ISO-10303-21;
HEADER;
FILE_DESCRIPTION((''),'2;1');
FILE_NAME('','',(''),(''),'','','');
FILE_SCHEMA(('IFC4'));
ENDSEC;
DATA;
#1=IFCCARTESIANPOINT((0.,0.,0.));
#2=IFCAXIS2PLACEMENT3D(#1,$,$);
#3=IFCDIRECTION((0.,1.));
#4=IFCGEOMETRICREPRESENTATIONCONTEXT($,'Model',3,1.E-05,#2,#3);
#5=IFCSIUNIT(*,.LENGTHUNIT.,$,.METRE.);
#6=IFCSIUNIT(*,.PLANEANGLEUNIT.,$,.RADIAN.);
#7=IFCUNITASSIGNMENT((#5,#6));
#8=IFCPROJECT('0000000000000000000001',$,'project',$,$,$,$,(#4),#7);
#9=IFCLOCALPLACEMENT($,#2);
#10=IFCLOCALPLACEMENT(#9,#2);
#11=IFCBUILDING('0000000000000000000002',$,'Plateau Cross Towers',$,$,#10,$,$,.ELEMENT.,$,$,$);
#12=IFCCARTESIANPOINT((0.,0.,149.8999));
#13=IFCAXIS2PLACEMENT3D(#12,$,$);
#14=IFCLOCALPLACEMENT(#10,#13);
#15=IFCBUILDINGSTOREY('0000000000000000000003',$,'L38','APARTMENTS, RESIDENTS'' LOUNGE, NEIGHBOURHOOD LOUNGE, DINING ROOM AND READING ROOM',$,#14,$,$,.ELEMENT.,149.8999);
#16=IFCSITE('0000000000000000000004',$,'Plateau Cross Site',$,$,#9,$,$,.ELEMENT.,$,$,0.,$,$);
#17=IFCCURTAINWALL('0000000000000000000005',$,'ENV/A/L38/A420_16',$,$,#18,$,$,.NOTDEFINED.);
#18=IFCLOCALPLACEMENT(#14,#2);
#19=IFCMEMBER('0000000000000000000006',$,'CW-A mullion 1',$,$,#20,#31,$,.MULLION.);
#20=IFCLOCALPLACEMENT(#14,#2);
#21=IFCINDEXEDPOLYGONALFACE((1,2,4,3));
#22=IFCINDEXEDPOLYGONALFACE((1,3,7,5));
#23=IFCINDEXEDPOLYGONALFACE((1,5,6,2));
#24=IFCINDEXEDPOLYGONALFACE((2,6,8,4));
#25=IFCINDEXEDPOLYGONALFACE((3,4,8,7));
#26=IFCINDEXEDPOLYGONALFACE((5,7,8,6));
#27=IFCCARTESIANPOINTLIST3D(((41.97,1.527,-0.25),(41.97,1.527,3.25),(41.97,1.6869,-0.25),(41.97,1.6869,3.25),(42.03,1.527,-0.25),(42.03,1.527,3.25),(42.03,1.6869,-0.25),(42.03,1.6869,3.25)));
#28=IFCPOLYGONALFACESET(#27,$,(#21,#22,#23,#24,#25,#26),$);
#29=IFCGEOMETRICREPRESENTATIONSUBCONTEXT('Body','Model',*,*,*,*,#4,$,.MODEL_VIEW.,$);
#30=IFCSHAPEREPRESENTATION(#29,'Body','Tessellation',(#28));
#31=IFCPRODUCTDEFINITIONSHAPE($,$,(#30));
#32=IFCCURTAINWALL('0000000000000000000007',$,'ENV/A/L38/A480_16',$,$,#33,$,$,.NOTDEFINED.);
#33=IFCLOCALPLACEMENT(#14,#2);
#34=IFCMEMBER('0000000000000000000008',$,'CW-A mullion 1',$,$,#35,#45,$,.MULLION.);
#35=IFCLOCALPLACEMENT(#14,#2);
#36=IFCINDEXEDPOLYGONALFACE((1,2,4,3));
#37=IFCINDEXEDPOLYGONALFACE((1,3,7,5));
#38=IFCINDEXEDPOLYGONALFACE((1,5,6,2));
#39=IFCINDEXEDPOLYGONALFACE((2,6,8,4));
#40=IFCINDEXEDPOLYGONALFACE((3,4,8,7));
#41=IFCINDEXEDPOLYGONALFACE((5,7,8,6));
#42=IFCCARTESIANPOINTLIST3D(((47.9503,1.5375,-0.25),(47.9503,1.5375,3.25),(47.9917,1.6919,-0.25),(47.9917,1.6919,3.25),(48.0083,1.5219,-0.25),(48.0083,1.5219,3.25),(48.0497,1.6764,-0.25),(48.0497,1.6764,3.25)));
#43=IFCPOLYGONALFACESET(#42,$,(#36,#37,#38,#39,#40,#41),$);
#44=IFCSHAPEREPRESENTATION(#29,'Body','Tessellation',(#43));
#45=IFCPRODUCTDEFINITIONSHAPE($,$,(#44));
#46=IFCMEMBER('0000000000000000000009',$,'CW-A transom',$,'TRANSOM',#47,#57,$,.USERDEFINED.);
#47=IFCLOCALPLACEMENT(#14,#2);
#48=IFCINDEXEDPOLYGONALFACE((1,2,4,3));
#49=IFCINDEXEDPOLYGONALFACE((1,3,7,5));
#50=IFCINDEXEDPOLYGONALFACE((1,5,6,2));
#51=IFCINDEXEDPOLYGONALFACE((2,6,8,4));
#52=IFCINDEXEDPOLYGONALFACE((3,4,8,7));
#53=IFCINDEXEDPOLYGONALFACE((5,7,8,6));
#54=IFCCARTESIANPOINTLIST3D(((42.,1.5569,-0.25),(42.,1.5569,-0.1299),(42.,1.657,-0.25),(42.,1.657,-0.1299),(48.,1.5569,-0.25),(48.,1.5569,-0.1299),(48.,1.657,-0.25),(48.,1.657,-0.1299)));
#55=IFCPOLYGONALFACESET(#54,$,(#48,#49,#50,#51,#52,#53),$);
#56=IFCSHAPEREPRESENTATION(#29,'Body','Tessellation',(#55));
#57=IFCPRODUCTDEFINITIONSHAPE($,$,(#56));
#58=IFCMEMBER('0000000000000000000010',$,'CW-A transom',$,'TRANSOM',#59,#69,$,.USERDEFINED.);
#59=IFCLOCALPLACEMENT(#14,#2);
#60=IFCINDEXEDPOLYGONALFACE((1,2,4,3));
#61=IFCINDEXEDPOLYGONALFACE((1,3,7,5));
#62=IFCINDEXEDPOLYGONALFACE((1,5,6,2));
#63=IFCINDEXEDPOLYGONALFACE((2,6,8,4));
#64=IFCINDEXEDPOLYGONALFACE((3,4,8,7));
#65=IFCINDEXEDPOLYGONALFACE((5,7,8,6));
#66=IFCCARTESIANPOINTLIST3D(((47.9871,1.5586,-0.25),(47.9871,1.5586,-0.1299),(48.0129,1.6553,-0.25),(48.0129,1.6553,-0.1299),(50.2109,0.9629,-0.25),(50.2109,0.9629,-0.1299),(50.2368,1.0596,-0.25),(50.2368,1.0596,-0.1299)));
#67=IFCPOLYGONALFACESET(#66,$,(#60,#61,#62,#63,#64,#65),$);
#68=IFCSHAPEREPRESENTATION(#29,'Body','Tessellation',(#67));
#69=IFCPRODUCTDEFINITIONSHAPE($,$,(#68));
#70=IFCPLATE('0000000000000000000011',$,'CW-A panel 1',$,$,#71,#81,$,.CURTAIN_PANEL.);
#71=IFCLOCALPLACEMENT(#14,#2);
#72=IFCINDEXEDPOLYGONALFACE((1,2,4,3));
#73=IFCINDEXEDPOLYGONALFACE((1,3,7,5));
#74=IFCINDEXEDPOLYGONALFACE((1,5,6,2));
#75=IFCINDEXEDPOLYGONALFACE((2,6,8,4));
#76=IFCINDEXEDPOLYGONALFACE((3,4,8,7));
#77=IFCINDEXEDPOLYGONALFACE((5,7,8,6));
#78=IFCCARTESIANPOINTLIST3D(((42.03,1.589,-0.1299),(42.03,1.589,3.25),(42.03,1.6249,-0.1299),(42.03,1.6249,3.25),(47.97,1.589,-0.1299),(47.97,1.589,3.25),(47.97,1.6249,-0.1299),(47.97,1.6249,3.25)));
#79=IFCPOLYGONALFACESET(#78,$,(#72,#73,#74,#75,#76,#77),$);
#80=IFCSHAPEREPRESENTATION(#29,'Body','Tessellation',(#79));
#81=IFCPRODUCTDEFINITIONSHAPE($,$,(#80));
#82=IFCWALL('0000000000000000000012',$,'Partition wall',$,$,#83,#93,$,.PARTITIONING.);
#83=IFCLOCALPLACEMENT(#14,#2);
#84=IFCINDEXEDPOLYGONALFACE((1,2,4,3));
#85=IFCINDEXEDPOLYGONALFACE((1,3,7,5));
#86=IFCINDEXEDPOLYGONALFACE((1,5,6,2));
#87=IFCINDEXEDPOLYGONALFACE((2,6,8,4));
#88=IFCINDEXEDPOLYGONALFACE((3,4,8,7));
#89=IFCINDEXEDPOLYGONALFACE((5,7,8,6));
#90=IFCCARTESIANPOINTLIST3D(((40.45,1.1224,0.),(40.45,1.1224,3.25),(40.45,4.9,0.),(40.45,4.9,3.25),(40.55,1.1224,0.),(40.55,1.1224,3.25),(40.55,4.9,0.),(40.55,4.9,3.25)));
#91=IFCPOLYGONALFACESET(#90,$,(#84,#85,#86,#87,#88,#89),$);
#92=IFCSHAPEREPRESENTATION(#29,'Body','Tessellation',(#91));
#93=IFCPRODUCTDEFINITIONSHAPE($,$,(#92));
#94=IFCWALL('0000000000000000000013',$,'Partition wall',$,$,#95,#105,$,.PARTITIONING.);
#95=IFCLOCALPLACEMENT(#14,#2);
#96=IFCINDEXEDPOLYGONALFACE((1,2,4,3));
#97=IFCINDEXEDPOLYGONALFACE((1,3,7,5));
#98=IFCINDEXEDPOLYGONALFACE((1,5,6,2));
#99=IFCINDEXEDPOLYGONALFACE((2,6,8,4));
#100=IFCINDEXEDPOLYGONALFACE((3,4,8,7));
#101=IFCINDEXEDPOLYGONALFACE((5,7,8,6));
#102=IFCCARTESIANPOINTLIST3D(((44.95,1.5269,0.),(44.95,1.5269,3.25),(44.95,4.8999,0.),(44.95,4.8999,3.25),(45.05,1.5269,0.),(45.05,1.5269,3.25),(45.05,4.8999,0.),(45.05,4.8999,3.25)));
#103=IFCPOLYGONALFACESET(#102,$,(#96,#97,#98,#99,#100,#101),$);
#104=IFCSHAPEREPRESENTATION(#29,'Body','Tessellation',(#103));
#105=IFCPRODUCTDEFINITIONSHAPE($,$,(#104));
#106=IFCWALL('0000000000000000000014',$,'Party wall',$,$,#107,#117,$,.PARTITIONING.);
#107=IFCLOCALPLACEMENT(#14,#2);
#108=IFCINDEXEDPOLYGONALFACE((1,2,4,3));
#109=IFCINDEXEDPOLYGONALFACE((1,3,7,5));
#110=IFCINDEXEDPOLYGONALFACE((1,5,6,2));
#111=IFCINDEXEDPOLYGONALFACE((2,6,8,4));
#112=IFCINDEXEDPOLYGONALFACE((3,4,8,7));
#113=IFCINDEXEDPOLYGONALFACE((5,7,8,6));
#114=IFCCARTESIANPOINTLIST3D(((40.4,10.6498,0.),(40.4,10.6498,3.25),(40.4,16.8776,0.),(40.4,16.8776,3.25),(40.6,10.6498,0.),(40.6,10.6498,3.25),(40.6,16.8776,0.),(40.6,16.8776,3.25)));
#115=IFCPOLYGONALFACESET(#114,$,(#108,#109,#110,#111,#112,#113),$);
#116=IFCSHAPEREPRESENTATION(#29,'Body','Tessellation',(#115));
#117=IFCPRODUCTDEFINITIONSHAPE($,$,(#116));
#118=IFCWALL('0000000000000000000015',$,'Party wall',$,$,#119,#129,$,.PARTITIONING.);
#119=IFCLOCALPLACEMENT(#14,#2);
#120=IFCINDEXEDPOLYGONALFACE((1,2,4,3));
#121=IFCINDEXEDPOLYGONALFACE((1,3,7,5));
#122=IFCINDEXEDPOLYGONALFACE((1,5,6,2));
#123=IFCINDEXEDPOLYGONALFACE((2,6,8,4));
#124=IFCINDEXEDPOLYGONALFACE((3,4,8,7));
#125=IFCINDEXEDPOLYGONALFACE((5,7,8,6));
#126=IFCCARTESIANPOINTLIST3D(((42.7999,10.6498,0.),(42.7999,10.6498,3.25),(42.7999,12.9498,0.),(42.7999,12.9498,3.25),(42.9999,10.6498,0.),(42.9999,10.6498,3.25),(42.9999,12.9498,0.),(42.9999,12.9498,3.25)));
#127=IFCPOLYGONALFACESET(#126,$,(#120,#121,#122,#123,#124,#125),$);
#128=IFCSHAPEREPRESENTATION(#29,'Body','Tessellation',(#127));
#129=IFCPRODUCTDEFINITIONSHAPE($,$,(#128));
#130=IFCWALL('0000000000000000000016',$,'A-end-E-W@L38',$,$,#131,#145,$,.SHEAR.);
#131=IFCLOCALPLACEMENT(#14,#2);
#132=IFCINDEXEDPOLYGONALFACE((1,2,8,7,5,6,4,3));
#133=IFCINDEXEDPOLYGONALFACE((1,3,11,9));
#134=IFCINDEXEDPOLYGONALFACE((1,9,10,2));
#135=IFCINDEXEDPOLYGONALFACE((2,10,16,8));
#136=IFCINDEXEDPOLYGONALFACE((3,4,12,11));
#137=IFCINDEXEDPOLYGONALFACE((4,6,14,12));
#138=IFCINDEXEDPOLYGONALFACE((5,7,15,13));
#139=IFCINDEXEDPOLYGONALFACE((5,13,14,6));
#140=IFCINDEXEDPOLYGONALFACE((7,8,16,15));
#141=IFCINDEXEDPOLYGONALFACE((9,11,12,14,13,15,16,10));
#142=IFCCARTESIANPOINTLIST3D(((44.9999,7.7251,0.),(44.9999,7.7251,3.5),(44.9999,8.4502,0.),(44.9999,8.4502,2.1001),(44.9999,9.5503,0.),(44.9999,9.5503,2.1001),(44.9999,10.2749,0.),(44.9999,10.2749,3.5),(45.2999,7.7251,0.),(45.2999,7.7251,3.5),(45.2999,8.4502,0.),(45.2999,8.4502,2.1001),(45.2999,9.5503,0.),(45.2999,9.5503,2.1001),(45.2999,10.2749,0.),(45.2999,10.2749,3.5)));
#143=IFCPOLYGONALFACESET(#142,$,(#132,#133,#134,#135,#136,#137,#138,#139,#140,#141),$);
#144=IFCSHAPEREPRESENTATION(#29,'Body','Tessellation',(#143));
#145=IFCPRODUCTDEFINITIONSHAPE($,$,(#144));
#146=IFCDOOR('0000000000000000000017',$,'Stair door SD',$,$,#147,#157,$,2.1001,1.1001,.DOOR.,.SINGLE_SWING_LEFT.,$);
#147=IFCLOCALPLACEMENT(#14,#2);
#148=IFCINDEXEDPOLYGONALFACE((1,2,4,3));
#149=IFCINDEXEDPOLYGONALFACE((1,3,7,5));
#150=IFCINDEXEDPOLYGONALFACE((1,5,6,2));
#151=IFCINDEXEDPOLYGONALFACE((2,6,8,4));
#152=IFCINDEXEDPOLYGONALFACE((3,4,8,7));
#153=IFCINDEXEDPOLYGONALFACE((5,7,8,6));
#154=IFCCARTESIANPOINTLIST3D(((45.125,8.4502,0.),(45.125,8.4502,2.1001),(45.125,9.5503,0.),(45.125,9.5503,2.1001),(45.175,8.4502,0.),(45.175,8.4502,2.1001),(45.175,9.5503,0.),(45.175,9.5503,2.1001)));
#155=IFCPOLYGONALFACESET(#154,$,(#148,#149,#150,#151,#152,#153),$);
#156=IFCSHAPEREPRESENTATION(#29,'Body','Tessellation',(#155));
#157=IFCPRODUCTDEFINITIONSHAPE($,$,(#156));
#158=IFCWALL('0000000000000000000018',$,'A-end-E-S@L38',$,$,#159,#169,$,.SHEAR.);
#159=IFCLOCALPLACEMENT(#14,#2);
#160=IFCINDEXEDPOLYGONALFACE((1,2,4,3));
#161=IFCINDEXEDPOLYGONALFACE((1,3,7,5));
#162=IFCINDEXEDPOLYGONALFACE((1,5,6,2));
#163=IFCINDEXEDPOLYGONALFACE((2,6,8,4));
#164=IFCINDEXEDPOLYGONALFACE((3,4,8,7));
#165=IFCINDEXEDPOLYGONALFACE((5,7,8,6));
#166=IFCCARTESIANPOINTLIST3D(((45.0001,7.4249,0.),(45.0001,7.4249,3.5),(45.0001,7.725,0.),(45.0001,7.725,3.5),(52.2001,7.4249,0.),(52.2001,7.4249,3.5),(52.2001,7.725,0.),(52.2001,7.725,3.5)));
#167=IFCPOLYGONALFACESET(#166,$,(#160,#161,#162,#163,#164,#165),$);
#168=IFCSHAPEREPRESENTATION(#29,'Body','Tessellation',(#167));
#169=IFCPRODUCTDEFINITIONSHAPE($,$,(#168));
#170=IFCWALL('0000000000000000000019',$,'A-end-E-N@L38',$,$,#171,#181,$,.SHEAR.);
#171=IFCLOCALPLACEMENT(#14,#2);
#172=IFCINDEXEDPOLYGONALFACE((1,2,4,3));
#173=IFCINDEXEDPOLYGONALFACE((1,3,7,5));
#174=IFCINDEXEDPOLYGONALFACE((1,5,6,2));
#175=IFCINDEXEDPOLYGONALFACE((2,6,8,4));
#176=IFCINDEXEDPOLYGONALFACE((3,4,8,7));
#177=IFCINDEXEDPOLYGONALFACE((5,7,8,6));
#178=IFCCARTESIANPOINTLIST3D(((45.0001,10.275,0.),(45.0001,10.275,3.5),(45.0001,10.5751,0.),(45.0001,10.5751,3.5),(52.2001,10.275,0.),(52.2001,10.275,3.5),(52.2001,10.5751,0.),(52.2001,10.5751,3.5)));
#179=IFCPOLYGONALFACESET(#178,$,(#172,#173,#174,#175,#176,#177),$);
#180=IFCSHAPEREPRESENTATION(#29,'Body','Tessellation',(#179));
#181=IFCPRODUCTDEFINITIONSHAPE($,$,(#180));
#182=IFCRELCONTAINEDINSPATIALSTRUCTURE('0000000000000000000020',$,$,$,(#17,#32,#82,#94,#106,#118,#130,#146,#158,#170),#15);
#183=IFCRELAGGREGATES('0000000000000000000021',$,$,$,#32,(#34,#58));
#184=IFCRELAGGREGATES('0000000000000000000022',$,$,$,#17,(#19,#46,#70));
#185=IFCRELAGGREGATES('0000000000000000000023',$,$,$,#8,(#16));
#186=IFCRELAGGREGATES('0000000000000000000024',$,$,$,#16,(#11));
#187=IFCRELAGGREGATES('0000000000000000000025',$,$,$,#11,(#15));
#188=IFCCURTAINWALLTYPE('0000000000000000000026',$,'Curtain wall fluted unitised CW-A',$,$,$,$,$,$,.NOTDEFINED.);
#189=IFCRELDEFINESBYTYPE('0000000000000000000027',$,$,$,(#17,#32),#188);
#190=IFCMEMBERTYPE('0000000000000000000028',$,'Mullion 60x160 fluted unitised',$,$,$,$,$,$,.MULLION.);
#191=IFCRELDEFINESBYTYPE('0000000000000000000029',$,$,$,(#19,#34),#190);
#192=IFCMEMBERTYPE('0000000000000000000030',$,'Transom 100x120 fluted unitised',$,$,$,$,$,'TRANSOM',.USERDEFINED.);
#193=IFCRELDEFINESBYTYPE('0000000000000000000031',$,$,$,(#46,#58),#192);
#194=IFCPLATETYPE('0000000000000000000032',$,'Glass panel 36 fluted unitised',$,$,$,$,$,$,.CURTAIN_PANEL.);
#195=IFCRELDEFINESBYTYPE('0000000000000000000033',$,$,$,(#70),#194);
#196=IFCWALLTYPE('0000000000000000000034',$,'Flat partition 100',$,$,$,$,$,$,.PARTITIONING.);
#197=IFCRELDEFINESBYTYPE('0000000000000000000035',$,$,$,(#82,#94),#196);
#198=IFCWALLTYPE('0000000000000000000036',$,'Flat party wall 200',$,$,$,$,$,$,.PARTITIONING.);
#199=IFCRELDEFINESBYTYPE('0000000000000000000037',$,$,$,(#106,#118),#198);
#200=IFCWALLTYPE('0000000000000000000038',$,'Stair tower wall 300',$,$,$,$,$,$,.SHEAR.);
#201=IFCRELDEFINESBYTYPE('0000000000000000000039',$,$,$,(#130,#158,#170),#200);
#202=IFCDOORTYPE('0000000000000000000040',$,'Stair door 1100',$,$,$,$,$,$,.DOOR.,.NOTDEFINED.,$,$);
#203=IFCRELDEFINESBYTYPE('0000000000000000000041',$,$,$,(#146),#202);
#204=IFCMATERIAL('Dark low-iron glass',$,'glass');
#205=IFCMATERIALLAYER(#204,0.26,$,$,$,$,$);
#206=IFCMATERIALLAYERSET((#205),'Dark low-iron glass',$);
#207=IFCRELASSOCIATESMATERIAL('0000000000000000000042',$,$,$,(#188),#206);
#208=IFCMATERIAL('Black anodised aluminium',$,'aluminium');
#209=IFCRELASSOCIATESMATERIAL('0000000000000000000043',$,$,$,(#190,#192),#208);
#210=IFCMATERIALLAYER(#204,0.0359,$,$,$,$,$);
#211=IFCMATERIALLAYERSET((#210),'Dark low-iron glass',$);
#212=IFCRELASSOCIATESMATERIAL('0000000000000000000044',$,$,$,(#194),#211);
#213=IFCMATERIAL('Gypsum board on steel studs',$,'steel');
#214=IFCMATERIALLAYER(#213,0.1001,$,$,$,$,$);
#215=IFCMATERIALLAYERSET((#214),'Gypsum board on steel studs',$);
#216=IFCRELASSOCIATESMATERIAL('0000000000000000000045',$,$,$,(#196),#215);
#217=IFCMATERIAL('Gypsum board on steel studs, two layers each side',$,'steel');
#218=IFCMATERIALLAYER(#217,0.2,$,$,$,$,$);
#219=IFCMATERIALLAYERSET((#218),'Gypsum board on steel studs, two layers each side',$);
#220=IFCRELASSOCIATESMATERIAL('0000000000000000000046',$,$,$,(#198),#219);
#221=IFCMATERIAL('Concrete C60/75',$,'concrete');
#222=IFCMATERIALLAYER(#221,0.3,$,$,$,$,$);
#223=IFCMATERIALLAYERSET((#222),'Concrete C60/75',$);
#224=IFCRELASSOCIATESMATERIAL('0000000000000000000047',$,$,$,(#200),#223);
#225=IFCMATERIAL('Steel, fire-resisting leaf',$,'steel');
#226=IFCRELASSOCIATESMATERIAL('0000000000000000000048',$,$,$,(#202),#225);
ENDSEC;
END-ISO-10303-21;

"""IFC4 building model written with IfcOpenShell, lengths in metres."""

from ifc_helpers import new_model, si_unit, direction, frame, frame_2d, origin, origin_2d, place, context, subcontext, project, spatial, rectangle, extrude, material, layer, layer_set, material_profile, profile_set, type_object, element, fill, aggregate, save


model = new_model("IFC4")

# Units and contexts
model_context = context("Model", 3, precision=1e-05, world=origin(), true_north=direction((0.0, 1.0)))
body_context = subcontext(model_context, "Body", "Model", "MODEL_VIEW")
ifc_project = project(units=[si_unit("LENGTHUNIT", "METRE"), si_unit("PLANEANGLEUNIT", "RADIAN")], contexts=[model_context])

# Site, building, storey
site_placement = place(None, origin())
site = spatial("IfcSite", under=ifc_project, at=site_placement, Name="Plateau Cross Site", CompositionType="ELEMENT", RefElevation=0.0)
building_placement = place(site_placement, origin())
building = spatial("IfcBuilding", under=site, at=building_placement, Name="Plateau Cross Towers", CompositionType="ELEMENT")
storey_placement = place(building_placement, frame((0.0, 0.0, 149.8999)))
storey = spatial("IfcBuildingStorey", under=building, at=storey_placement, Name="L38", Description="APARTMENTS, RESIDENTS' LOUNGE, NEIGHBOURHOOD LOUNGE, DINING ROOM AND READING ROOM", CompositionType="ELEMENT", Elevation=149.8999)

# Curtain walls, members
ifc_material_1 = material(Name="Dark low-iron glass", Category="glass")
ifc_layer_1 = layer(ifc_material_1, 0.26)
ifc_layer_set_1 = layer_set([ifc_layer_1], Name="Dark low-iron glass")
curtain_wall_type = type_object("IfcCurtainWallType", Name="Curtain wall fluted unitised CW-A", PredefinedType="NOTDEFINED", material=ifc_layer_set_1)
curtain_wall_1_placement = place(storey_placement, origin())
curtain_wall_1 = element("IfcCurtainWall", 1, at=curtain_wall_1_placement, inside=storey, type_object=curtain_wall_type, Name="ENV/A/L38/A420_16", PredefinedType="NOTDEFINED")
ifc_material_2 = material(Name="Black anodised aluminium", Category="aluminium")
ifc_material_profile_1 = material_profile(ifc_material_2, rectangle(XDim=0.0601, YDim=0.1599, at=origin_2d()), Name="MULLION 60x160")
ifc_profile_set_1 = profile_set([ifc_material_profile_1], Name="Black anodised aluminium")
member_type_1 = type_object("IfcMemberType", Name="Mullion 60x160 fluted unitised", PredefinedType="MULLION", material=ifc_profile_set_1)
member_1_placement = place(storey_placement, frame((42.0, 1.6069, -0.25), z_axis=(0.0, 0.0, 1.0), x_axis=(1.0, 0.0, 0.0)))
member_1 = element("IfcMember", 2, at=member_1_placement, type_object=member_type_1, Name="CW-A mullion 1", PredefinedType="MULLION", context=body_context, shape_type="SweptSolid", body=[
    extrude(rectangle(XDim=0.0601, YDim=0.1599, at=origin_2d()), origin(), (0.0, 0.0, 1.0), 3.5),
])
curtain_wall_2_placement = place(storey_placement, origin())
curtain_wall_2 = element("IfcCurtainWall", 3, at=curtain_wall_2_placement, inside=storey, type_object=curtain_wall_type, Name="ENV/A/L38/A480_16", PredefinedType="NOTDEFINED")
member_2_placement = place(storey_placement, frame((48.0, 1.6069, -0.25), z_axis=(0.0, 0.0, 1.0), x_axis=(0.965958, -0.258699, 0.0)))
member_2 = element("IfcMember", 4, at=member_2_placement, type_object=member_type_1, Name="CW-A mullion 1", PredefinedType="MULLION", context=body_context, shape_type="SweptSolid", body=[
    extrude(rectangle(XDim=0.0601, YDim=0.1599, at=origin_2d()), origin(), (0.0, 0.0, 1.0), 3.5),
])

# Members
ifc_material_profile_2 = material_profile(ifc_material_2, rectangle(XDim=0.1001, YDim=0.1201, at=origin_2d()), Name="TRANSOM 100x120")
ifc_profile_set_2 = profile_set([ifc_material_profile_2], Name="Black anodised aluminium")
member_type_2 = type_object("IfcMemberType", Name="Transom 100x120 fluted unitised", ElementType="TRANSOM", PredefinedType="USERDEFINED", material=ifc_profile_set_2)
member_3_placement = place(storey_placement, frame((42.0, 1.6069, -0.1899), z_axis=(1.0, 0.0, 0.0), x_axis=(0.0, 1.0, 0.0)))
member_3 = element("IfcMember", 5, at=member_3_placement, type_object=member_type_2, Name="CW-A transom", ObjectType="TRANSOM", PredefinedType="USERDEFINED", context=body_context, shape_type="SweptSolid", body=[
    extrude(rectangle(XDim=0.1001, YDim=0.1201, at=origin_2d()), origin(), (0.0, 0.0, 1.0), 6.0),
])
member_4_placement = place(storey_placement, frame((48.0, 1.6069, -0.1899), z_axis=(0.965946, -0.258745, 0.0), x_axis=(0.258745, 0.965946, 0.0)))
member_4 = element("IfcMember", 6, at=member_4_placement, type_object=member_type_2, Name="CW-A transom", ObjectType="TRANSOM", PredefinedType="USERDEFINED", context=body_context, shape_type="SweptSolid", body=[
    extrude(rectangle(XDim=0.1001, YDim=0.1201, at=origin_2d()), origin(), (0.0, 0.0, 1.0), 2.3022),
])
aggregate(curtain_wall_2, [member_2, member_4])

# Plate
ifc_layer_2 = layer(ifc_material_1, 0.0359)
ifc_layer_set_2 = layer_set([ifc_layer_2], Name="Dark low-iron glass")
plate_type = type_object("IfcPlateType", Name="Glass panel 36 fluted unitised", PredefinedType="CURTAIN_PANEL", material=ifc_layer_set_2)
plate_placement = place(storey_placement, frame((45.0, 1.6069, -0.1299), z_axis=(0.0, 0.0, 1.0), x_axis=(1.0, 0.0, 0.0)))
plate = element("IfcPlate", 7, at=plate_placement, type_object=plate_type, Name="CW-A panel 1", PredefinedType="CURTAIN_PANEL", context=body_context, shape_type="SweptSolid", body=[
    extrude(rectangle(XDim=5.9399, YDim=0.0359, at=origin_2d()), origin(), (0.0, 0.0, 1.0), 3.3799),
])
aggregate(curtain_wall_1, [member_1, member_3, plate])

# Walls
ifc_material_3 = material(Name="Gypsum board on steel studs", Category="steel")
ifc_layer_3 = layer(ifc_material_3, 0.1001)
ifc_layer_set_3 = layer_set([ifc_layer_3], Name="Gypsum board on steel studs")
wall_type_1 = type_object("IfcWallType", Name="Flat partition 100", PredefinedType="PARTITIONING", material=ifc_layer_set_3)
wall_1_placement = place(storey_placement, frame((40.5, 4.8999, 0.0), z_axis=(0.0, 0.0, 1.0), x_axis=(0.0, -1.0, 0.0)))
element("IfcWall", 8, at=wall_1_placement, inside=storey, type_object=wall_type_1, Name="Partition wall", PredefinedType="PARTITIONING", context=body_context, shape_type="SweptSolid", body=[
    extrude(rectangle(XDim=3.7776, YDim=0.1001, at=frame_2d((1.8887, 0.0))), origin(), (0.0, 0.0, 1.0), 3.25),
])
wall_2_placement = place(storey_placement, frame((45.0, 1.5269, 0.0), z_axis=(0.0, 0.0, 1.0), x_axis=(0.0, 1.0, 0.0)))
element("IfcWall", 9, at=wall_2_placement, inside=storey, type_object=wall_type_1, Name="Partition wall", PredefinedType="PARTITIONING", context=body_context, shape_type="SweptSolid", body=[
    extrude(rectangle(XDim=3.373, YDim=0.1001, at=frame_2d((1.6865, 0.0))), origin(), (0.0, 0.0, 1.0), 3.25),
])
ifc_material_4 = material(Name="Gypsum board on steel studs, two layers each side", Category="steel")
ifc_layer_4 = layer(ifc_material_4, 0.2)
ifc_layer_set_4 = layer_set([ifc_layer_4], Name="Gypsum board on steel studs, two layers each side")
wall_type_2 = type_object("IfcWallType", Name="Flat party wall 200", PredefinedType="PARTITIONING", material=ifc_layer_set_4)
wall_3_placement = place(storey_placement, frame((40.5, 10.6499, 0.0), z_axis=(0.0, 0.0, 1.0), x_axis=(0.0, 1.0, 0.0)))
element("IfcWall", 10, at=wall_3_placement, inside=storey, type_object=wall_type_2, Name="Party wall", PredefinedType="PARTITIONING", context=body_context, shape_type="SweptSolid", body=[
    extrude(rectangle(XDim=6.2278, YDim=0.2, at=frame_2d((3.1138, 0.0))), origin(), (0.0, 0.0, 1.0), 3.25),
])
wall_4_placement = place(storey_placement, frame((42.8999, 10.6499, 0.0), z_axis=(0.0, 0.0, 1.0), x_axis=(0.0, 1.0, 0.0)))
element("IfcWall", 11, at=wall_4_placement, inside=storey, type_object=wall_type_2, Name="Party wall", PredefinedType="PARTITIONING", context=body_context, shape_type="SweptSolid", body=[
    extrude(rectangle(XDim=2.3, YDim=0.2, at=frame_2d((1.1499, 0.0))), origin(), (0.0, 0.0, 1.0), 3.25),
])

# Wall, opening, door
ifc_material_5 = material(Name="Concrete C60/75", Category="concrete")
ifc_layer_5 = layer(ifc_material_5, 0.3)
ifc_layer_set_5 = layer_set([ifc_layer_5], Name="Concrete C60/75")
wall_type_3 = type_object("IfcWallType", Name="Stair tower wall 300", PredefinedType="SHEAR", material=ifc_layer_set_5)
wall_5_placement = place(storey_placement, frame((45.1499, 7.7251, 0.0), z_axis=(0.0, 0.0, 1.0), x_axis=(0.0, 1.0, 0.0)))
wall_5 = element("IfcWall", 12, at=wall_5_placement, inside=storey, type_object=wall_type_3, Name="A-end-E-W@L38", PredefinedType="SHEAR", context=body_context, shape_type="SweptSolid", body=[
    extrude(rectangle(XDim=2.5498, YDim=0.3, at=frame_2d((1.2749, 0.0))), origin(), (0.0, 0.0, 1.0), 3.5),
])
opening_placement = place(wall_5_placement, frame((0.7251, 0.0, 0.0)))
opening = element("IfcOpeningElement", 13, at=opening_placement, cuts=wall_5, PredefinedType="OPENING", context=body_context, shape_type="SweptSolid", body=[
    extrude(rectangle(XDim=1.1001, YDim=2.1001, at=frame_2d((0.55, 1.05))), frame((0.0, 0.1599, 0.0), z_axis=(0.0, -1.0, 0.0), x_axis=(1.0, 0.0, 0.0)), (0.0, 0.0, 1.0), 0.3201),
])
ifc_material_6 = material(Name="Steel, fire-resisting leaf", Category="steel")
door_type = type_object("IfcDoorType", Name="Stair door 1100", OperationType="NOTDEFINED", PredefinedType="DOOR", material=ifc_material_6)
door_placement = place(opening_placement, origin())
door = element("IfcDoor", 14, at=door_placement, inside=storey, type_object=door_type, Name="Stair door SD", OperationType="SINGLE_SWING_LEFT", OverallHeight=2.1001, OverallWidth=1.1001, PredefinedType="DOOR", context=body_context, shape_type="SweptSolid", body=[
    extrude(rectangle(XDim=1.1001, YDim=2.1001, at=frame_2d((0.55, 1.05))), frame((0.0, 0.0249, 0.0), z_axis=(0.0, -1.0, 0.0), x_axis=(1.0, 0.0, 0.0)), (0.0, 0.0, 1.0), 0.05),
])
fill(opening, door)

# Walls
for number, where, z_axis, x_axis, name in (
    (15, (45.0, 7.575, 0.0), (0.0, 0.0, 1.0), (1.0, 0.0, 0.0), "A-end-E-S@L38"),
    (16, (45.0, 10.425, 0.0), (0.0, 0.0, 1.0), (1.0, 0.0, 0.0), "A-end-E-N@L38"),
):
    element("IfcWall", number, at=place(storey_placement, frame(where, z_axis=z_axis, x_axis=x_axis)), inside=storey, type_object=wall_type_3, Name=name, PredefinedType="SHEAR", context=body_context, shape_type="SweptSolid", body=[
        extrude(rectangle(XDim=7.2, YDim=0.3, at=frame_2d((3.6001, 0.0))), origin(), (0.0, 0.0, 1.0), 3.5),
    ])

save(model, "model.ifc")
